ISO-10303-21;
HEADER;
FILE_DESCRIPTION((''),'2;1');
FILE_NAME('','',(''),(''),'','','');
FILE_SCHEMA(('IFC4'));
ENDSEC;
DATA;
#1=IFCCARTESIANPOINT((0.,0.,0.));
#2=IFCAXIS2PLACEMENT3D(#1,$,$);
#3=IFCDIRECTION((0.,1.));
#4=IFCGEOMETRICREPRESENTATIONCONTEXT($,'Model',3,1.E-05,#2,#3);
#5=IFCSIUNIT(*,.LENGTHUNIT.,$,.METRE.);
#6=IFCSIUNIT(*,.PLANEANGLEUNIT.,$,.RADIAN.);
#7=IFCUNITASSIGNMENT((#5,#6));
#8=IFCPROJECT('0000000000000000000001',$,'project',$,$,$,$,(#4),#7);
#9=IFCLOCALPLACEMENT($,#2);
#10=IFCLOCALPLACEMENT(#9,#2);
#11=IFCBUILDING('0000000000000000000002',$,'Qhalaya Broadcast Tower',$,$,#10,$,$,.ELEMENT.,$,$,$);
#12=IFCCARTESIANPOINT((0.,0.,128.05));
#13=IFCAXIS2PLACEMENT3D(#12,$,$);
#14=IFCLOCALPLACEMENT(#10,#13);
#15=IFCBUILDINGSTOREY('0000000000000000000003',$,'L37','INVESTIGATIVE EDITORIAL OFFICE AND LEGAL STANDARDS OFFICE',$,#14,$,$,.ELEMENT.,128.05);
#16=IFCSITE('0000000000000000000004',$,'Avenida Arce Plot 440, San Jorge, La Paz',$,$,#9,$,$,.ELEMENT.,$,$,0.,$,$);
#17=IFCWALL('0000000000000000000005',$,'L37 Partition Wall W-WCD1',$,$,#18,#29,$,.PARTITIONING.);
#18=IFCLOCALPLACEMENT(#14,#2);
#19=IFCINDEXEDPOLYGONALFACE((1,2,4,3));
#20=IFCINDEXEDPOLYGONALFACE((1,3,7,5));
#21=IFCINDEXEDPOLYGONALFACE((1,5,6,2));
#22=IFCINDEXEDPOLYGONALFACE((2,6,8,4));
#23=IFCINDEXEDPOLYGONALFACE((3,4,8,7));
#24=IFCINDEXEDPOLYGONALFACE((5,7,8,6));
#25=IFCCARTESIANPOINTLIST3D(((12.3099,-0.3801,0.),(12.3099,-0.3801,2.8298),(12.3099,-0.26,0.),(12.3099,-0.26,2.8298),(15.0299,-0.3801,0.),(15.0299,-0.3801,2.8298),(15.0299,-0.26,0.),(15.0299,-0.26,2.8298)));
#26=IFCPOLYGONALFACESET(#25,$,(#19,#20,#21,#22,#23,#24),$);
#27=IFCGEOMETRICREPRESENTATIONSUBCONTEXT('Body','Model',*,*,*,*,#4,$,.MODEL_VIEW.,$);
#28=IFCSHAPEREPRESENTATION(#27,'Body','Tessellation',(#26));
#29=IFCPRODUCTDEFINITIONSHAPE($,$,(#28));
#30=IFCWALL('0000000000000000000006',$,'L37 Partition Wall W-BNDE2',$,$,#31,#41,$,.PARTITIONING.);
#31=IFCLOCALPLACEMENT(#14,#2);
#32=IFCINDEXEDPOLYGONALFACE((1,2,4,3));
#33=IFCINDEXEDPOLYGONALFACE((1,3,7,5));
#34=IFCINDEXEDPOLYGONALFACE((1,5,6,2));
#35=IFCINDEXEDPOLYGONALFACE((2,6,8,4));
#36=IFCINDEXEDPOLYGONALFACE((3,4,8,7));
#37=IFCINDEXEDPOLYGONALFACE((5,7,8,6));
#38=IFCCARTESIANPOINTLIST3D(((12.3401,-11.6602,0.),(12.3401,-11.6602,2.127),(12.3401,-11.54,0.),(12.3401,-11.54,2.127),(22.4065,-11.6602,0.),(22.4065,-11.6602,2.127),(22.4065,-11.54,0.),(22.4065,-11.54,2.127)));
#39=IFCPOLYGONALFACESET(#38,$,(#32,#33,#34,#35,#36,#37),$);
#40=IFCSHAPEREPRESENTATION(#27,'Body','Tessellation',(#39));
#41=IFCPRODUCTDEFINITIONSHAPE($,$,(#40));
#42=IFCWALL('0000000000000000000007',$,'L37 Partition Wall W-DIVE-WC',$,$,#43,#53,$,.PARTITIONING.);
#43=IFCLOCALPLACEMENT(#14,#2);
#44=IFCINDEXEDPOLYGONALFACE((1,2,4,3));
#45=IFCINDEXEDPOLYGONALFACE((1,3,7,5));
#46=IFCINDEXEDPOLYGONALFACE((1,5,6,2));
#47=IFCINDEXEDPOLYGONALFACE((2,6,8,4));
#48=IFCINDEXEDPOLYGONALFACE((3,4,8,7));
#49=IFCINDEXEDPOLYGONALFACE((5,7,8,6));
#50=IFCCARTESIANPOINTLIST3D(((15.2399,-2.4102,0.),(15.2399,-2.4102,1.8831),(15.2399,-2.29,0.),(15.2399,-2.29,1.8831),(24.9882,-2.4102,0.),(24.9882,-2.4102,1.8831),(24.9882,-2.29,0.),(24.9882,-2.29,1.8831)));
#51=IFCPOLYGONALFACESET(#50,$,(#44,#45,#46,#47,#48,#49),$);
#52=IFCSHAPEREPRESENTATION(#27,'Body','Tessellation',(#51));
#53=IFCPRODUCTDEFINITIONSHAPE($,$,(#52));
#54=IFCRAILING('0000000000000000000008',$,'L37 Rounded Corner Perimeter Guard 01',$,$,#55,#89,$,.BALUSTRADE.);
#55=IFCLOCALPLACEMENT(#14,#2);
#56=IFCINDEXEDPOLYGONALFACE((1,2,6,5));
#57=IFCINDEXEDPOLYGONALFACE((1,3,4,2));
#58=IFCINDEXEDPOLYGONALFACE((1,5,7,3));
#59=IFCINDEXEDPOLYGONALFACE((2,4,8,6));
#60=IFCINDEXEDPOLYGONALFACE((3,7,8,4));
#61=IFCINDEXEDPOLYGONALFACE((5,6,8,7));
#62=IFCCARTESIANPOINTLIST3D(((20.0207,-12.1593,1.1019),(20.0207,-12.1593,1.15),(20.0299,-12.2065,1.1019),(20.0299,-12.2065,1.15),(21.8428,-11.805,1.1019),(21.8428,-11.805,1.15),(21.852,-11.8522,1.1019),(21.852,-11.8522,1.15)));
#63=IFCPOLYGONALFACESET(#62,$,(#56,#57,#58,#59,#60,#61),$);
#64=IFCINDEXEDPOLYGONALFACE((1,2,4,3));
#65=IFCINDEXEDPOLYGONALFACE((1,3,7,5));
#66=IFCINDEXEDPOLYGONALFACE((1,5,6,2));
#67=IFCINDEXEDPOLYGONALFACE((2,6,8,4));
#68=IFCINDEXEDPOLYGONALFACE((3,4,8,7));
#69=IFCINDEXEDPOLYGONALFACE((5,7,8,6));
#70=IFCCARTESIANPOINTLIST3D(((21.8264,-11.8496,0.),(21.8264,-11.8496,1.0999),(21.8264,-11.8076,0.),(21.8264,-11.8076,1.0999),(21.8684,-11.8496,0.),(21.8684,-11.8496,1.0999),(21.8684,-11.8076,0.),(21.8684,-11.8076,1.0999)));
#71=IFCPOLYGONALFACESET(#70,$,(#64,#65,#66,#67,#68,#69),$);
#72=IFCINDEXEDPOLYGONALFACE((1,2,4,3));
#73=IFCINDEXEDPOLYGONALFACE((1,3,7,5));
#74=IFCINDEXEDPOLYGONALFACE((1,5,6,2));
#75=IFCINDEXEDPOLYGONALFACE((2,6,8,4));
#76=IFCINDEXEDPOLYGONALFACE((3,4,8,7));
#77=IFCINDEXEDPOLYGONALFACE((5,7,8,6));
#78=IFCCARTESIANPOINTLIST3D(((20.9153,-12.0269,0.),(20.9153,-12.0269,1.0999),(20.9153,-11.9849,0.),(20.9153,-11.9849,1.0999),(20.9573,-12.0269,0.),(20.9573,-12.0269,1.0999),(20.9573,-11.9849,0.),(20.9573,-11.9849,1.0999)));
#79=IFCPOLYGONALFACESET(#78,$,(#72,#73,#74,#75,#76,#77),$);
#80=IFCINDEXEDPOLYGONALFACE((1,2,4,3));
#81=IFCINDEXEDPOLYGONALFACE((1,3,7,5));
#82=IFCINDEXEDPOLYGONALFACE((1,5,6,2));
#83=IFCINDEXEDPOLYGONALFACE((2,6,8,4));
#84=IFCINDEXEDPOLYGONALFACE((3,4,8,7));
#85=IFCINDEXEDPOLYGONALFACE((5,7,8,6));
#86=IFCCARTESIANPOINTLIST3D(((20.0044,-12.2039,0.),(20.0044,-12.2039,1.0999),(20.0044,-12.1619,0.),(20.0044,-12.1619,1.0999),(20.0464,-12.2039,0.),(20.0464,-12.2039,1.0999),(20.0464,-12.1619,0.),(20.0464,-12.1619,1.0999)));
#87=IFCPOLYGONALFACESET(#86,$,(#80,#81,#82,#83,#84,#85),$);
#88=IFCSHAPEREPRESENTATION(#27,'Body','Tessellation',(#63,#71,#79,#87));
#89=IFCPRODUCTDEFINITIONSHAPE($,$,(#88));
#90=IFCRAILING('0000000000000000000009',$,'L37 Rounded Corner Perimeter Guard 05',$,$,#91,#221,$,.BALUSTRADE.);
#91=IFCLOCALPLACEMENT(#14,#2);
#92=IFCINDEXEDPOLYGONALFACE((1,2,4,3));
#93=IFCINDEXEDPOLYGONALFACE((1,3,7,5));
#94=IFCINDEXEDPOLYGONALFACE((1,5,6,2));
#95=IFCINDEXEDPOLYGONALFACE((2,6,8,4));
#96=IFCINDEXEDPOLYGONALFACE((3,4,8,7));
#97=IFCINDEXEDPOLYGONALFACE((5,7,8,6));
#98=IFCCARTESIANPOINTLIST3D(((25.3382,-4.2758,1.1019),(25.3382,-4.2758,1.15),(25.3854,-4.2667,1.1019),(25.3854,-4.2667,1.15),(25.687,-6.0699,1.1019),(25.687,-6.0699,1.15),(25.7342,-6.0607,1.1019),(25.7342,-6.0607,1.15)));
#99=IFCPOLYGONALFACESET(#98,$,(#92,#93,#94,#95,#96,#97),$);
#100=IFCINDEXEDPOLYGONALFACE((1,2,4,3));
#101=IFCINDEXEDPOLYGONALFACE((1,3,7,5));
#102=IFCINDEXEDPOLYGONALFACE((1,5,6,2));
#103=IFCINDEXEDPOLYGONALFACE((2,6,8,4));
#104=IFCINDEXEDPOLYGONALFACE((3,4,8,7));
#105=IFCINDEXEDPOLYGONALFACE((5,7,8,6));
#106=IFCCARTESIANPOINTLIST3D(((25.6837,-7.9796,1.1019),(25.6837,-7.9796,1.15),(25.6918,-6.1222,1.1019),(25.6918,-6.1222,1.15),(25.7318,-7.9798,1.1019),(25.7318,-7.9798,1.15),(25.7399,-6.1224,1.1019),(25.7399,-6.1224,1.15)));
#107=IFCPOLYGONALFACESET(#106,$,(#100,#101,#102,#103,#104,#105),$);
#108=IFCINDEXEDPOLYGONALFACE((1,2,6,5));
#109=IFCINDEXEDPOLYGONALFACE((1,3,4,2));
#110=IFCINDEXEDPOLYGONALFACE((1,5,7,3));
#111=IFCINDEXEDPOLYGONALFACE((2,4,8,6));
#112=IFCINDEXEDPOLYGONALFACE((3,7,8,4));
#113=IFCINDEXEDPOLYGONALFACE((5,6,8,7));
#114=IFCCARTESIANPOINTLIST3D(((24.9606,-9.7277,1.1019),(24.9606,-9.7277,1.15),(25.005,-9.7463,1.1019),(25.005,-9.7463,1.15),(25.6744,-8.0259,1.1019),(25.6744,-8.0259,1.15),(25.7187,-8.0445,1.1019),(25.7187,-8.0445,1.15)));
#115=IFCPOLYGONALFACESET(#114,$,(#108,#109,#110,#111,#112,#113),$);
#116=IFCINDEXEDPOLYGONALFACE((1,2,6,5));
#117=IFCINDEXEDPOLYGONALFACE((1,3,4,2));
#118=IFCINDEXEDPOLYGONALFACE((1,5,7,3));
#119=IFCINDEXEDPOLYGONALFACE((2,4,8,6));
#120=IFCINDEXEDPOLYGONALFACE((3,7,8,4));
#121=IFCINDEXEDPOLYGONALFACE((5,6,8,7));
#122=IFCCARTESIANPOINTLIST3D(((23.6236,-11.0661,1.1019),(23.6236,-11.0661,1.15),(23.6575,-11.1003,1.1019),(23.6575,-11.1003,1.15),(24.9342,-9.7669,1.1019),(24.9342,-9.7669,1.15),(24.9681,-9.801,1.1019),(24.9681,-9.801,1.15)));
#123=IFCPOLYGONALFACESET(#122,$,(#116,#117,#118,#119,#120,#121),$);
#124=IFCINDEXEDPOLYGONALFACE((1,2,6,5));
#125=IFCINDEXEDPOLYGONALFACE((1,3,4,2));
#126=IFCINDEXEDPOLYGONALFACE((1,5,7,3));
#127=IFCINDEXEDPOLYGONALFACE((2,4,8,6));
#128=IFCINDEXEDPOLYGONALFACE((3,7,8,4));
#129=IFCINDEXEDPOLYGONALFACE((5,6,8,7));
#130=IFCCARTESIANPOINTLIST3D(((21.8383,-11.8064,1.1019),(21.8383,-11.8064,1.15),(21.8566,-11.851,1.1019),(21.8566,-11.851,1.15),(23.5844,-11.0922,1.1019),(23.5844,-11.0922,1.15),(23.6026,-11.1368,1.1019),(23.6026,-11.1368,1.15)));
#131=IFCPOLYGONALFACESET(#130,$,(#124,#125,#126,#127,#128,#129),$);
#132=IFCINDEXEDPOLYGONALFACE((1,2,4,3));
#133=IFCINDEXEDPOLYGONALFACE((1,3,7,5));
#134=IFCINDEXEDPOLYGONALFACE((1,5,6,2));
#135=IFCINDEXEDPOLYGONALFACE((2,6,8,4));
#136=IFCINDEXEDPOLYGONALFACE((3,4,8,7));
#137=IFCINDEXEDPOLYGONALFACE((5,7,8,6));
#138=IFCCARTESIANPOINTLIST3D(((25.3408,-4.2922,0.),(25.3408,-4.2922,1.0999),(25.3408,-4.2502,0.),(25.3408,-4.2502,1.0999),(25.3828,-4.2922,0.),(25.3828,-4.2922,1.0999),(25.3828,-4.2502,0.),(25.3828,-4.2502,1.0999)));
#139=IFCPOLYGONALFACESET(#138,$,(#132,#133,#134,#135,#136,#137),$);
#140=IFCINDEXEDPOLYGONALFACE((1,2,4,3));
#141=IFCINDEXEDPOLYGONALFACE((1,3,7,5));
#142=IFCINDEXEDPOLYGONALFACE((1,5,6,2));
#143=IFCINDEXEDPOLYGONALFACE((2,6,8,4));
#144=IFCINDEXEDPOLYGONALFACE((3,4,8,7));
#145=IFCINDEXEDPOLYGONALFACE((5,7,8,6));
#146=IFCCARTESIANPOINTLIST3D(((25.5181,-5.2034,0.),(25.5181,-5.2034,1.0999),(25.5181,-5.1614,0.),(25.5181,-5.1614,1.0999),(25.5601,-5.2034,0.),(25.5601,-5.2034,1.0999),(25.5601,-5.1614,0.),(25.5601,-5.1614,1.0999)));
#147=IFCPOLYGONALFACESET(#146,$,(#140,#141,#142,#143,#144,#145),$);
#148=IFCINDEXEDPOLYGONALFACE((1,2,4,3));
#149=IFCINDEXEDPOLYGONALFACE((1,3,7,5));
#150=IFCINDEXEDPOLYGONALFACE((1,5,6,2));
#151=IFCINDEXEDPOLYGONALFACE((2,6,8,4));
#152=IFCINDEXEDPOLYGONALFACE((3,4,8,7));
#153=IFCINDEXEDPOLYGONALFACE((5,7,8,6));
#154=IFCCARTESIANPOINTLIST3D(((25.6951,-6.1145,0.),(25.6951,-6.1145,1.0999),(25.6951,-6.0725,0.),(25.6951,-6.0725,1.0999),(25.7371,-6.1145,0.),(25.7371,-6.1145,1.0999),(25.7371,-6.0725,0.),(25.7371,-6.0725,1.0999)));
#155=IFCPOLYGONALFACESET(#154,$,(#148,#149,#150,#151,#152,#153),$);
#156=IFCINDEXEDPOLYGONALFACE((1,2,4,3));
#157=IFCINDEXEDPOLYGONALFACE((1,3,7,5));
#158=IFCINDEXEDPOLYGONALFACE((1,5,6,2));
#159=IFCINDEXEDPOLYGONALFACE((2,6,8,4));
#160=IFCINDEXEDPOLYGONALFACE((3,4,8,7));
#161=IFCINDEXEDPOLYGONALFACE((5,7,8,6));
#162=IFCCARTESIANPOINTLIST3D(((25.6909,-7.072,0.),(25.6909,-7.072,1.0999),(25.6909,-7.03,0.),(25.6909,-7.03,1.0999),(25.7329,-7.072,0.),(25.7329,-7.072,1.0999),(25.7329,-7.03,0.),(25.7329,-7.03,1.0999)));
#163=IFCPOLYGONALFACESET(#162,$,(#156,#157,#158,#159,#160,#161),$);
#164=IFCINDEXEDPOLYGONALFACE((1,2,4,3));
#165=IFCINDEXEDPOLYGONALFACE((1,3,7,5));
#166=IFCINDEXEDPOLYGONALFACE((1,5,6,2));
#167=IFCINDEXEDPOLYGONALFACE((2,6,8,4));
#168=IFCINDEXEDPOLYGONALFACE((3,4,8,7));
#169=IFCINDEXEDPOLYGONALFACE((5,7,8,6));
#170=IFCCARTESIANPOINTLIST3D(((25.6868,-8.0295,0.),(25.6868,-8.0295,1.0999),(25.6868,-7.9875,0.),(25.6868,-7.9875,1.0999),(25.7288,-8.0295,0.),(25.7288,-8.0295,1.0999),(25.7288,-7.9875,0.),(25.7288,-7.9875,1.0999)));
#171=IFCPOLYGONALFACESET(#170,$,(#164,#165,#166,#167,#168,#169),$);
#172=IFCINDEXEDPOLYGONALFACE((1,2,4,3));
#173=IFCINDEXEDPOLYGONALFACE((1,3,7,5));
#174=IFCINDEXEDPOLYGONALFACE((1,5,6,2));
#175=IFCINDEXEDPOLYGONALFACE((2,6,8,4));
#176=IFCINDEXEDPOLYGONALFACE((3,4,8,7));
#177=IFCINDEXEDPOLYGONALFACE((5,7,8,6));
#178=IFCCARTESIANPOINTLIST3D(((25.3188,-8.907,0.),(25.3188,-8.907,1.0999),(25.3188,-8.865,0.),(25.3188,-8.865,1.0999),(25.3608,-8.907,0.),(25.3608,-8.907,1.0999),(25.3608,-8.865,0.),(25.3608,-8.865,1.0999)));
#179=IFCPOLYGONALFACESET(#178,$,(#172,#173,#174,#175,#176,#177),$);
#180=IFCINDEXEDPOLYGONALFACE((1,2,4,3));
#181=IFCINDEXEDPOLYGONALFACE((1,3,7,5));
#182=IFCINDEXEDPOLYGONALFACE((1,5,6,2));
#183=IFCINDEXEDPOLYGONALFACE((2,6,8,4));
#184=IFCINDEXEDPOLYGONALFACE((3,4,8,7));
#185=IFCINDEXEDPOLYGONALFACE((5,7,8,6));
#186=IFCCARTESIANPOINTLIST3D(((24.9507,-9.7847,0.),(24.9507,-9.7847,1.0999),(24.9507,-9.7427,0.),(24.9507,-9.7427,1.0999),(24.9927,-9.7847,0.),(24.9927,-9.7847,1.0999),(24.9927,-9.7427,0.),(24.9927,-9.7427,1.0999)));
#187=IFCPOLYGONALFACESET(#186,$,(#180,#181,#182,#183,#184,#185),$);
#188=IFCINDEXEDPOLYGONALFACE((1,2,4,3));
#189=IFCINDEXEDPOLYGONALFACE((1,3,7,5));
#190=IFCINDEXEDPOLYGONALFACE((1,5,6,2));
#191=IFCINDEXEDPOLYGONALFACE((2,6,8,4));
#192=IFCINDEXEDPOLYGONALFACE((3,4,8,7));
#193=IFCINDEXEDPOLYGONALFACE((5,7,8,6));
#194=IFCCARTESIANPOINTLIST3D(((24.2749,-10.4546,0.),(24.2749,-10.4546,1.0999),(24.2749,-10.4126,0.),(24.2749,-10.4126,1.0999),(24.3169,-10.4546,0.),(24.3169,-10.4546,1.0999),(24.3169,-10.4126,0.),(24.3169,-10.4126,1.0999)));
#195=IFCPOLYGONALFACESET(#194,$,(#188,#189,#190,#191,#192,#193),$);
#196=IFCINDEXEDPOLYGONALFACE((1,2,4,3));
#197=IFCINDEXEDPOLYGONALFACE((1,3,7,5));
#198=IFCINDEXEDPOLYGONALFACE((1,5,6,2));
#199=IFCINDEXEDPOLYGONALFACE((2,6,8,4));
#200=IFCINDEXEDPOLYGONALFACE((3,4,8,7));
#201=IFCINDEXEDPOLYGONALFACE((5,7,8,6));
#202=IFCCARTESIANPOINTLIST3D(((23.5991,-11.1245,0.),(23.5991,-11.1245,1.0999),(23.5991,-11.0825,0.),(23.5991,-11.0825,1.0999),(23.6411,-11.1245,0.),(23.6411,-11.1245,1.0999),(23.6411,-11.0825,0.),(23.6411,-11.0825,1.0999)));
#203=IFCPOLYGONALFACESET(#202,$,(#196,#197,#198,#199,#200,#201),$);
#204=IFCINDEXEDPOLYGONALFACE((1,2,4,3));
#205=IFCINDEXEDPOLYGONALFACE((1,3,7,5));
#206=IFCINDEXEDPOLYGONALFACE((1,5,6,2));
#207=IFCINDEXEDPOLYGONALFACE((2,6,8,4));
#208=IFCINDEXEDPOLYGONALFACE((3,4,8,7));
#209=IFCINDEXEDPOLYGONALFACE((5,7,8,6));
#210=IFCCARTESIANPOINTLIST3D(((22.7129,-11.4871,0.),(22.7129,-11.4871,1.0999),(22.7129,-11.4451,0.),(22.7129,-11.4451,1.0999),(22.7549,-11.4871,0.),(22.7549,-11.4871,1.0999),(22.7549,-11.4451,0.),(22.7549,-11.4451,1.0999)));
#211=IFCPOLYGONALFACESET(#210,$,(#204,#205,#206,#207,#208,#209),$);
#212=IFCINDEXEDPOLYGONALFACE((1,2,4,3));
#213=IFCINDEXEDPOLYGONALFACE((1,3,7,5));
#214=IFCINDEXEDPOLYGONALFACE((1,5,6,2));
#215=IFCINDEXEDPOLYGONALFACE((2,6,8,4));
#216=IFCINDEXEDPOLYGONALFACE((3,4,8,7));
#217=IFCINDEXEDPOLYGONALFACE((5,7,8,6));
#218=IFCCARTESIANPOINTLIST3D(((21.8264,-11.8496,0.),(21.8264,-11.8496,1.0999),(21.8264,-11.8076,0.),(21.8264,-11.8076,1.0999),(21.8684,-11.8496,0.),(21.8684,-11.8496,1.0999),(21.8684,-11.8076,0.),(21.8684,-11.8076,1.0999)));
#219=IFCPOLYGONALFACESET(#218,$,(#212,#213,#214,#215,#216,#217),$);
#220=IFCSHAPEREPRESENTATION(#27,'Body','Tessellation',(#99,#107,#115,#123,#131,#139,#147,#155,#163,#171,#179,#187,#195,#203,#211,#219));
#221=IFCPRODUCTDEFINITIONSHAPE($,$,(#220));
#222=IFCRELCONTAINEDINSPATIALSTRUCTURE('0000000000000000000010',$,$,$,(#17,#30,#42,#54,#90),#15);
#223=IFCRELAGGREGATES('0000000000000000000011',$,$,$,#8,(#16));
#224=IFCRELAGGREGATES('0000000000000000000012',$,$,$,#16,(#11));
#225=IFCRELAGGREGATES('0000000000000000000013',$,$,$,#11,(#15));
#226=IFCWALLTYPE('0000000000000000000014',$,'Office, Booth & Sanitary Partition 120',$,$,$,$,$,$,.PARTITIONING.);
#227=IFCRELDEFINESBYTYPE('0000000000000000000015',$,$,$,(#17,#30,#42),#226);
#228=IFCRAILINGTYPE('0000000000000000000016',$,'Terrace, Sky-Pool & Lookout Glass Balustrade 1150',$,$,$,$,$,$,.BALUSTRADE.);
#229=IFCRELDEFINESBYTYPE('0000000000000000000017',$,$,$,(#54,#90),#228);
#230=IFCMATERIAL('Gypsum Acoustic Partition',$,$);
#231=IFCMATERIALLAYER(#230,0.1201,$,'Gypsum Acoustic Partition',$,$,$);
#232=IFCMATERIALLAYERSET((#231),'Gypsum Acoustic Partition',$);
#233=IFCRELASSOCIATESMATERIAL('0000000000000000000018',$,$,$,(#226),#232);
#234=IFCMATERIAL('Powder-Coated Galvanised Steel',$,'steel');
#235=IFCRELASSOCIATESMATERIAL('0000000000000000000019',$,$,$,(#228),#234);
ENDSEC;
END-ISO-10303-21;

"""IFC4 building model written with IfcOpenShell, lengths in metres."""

from ifc_helpers import new_model, si_unit, direction, frame, frame_2d, origin, origin_2d, place, context, subcontext, project, spatial, rectangle, extrude, material, layer, layer_set, type_object, element, save


model = new_model("IFC4")

# Units and contexts
model_context = context("Model", 3, precision=1e-05, world=origin(), true_north=direction((0.0, 1.0)))
body_context = subcontext(model_context, "Body", "Model", "MODEL_VIEW")
ifc_project = project(units=[si_unit("LENGTHUNIT", "METRE"), si_unit("PLANEANGLEUNIT", "RADIAN")], contexts=[model_context])

# Site, building, storey
site_placement = place(None, origin())
site = spatial("IfcSite", under=ifc_project, at=site_placement, Name="Avenida Arce Plot 440, San Jorge, La Paz", CompositionType="ELEMENT", RefElevation=0.0)
building_placement = place(site_placement, origin())
building = spatial("IfcBuilding", under=site, at=building_placement, Name="Qhalaya Broadcast Tower", CompositionType="ELEMENT")
storey_placement = place(building_placement, frame((0.0, 0.0, 128.05)))
storey = spatial("IfcBuildingStorey", under=building, at=storey_placement, Name="L37", Description="INVESTIGATIVE EDITORIAL OFFICE AND LEGAL STANDARDS OFFICE", CompositionType="ELEMENT", Elevation=128.05)

# Walls
ifc_material_1 = material(Name="Gypsum Acoustic Partition")
ifc_layer_1 = layer(ifc_material_1, 0.1201, Name="Gypsum Acoustic Partition")
ifc_layer_set_1 = layer_set([ifc_layer_1], Name="Gypsum Acoustic Partition")
wall_type_1 = type_object("IfcWallType", Name="Office, Booth & Sanitary Partition 120", PredefinedType="PARTITIONING", material=ifc_layer_set_1)
wall_1_placement = place(storey_placement, frame((12.3101, -0.3201, 0.0), z_axis=(0.0, 0.0, 1.0), x_axis=(1.0, 0.0, 0.0)))
element("IfcWall", 1, at=wall_1_placement, inside=storey, type_object=wall_type_1, Name="L37 Partition Wall W-WCD1", PredefinedType="PARTITIONING", context=body_context, shape_type="SweptSolid", body=[
    extrude(rectangle(XDim=2.72, YDim=0.1201, at=frame_2d((1.3599, 0.0))), origin(), (0.0, 0.0, 1.0), 2.8298),
])
wall_2_placement = place(storey_placement, frame((12.3401, -11.6001, 0.0), z_axis=(0.0, 0.0, 1.0), x_axis=(1.0, 0.0, 0.0)))
element("IfcWall", 2, at=wall_2_placement, inside=storey, type_object=wall_type_1, Name="L37 Partition Wall W-BNDE2", PredefinedType="PARTITIONING", context=body_context, shape_type="SweptSolid", body=[
    extrude(rectangle(XDim=10.0664, YDim=0.1201, at=frame_2d((5.0332, 0.0))), origin(), (0.0, 0.0, 1.0), 2.127),
])
wall_3_placement = place(storey_placement, frame((15.24, -2.3501, 0.0), z_axis=(0.0, 0.0, 1.0), x_axis=(1.0, 0.0, 0.0)))
element("IfcWall", 3, at=wall_3_placement, inside=storey, type_object=wall_type_1, Name="L37 Partition Wall W-DIVE-WC", PredefinedType="PARTITIONING", context=body_context, shape_type="SweptSolid", body=[
    extrude(rectangle(XDim=9.7483, YDim=0.1201, at=frame_2d((4.874, 0.0))), origin(), (0.0, 0.0, 1.0), 1.8831),
])

# Railings
ifc_material_2 = material(Name="Powder-Coated Galvanised Steel", Category="steel")
railing_type = type_object("IfcRailingType", Name="Terrace, Sky-Pool & Lookout Glass Balustrade 1150", PredefinedType="BALUSTRADE", material=ifc_material_2)
railing_1_placement = place(storey_placement, frame((21.8474, -11.8286, 0.0)))
element("IfcRailing", 4, at=railing_1_placement, inside=storey, type_object=railing_type, Name="L37 Rounded Corner Perimeter Guard 01", PredefinedType="BALUSTRADE", context=body_context, shape_type="SweptSolid", body=[
    extrude(rectangle(XDim=0.0481, YDim=0.0481, at=origin_2d()), frame((0.0, 0.0, 1.126), z_axis=(-0.981619, -0.190852, 0.0), x_axis=(0.190852, -0.981619, 0.0)), (0.0, 0.0, 1.0), 1.8562),
    extrude(rectangle(XDim=0.042, YDim=0.042, at=origin_2d()), origin(), (0.0, 0.0, 1.0), 1.0999),
    extrude(rectangle(XDim=0.042, YDim=0.042, at=origin_2d()), frame((-0.9111, -0.1772, 0.0)), (0.0, 0.0, 1.0), 1.0999),
    extrude(rectangle(XDim=0.042, YDim=0.042, at=origin_2d()), frame((-1.822, -0.3542, 0.0)), (0.0, 0.0, 1.0), 1.0999),
])
railing_2_placement = place(storey_placement, frame((25.3618, -4.2712, 0.0)))
element("IfcRailing", 5, at=railing_2_placement, inside=storey, type_object=railing_type, Name="L37 Rounded Corner Perimeter Guard 05", PredefinedType="BALUSTRADE", context=body_context, shape_type="SweptSolid", body=[
    extrude(rectangle(XDim=0.0481, YDim=0.0481, at=origin_2d()), frame((0.0, 0.0, 1.126), z_axis=(0.190827, -0.981624, 0.0), x_axis=(0.981624, 0.190827, 0.0)), (0.0, 0.0, 1.0), 1.8276),
    extrude(rectangle(XDim=0.0481, YDim=0.0481, at=origin_2d()), frame((0.354, -1.8511, 1.126), z_axis=(-0.004334, -0.999991, 0.0), x_axis=(0.999991, -0.004334, 0.0)), (0.0, 0.0, 1.0), 1.8574),
    extrude(rectangle(XDim=0.0481, YDim=0.0481, at=origin_2d()), frame((0.3347, -3.7639, 1.126), z_axis=(-0.386755, -0.922183, 0.0), x_axis=(0.922183, -0.386755, 0.0)), (0.0, 0.0, 1.0), 1.8455),
    extrude(rectangle(XDim=0.0481, YDim=0.0481, at=origin_2d()), frame((-0.4106, -5.5127, 1.126), z_axis=(-0.710179, -0.704021, 0.0), x_axis=(0.704021, -0.710179, 0.0)), (0.0, 0.0, 1.0), 1.8455),
    extrude(rectangle(XDim=0.0481, YDim=0.0481, at=origin_2d()), frame((-1.7683, -6.8433, 1.126), z_axis=(-0.925565, -0.378588, 0.0), x_axis=(0.378588, -0.925565, 0.0)), (0.0, 0.0, 1.0), 1.8865),
    extrude(rectangle(XDim=0.042, YDim=0.042, at=origin_2d()), origin(), (0.0, 0.0, 1.0), 1.0999),
    extrude(rectangle(XDim=0.042, YDim=0.042, at=origin_2d()), frame((0.1772, -0.9111, 0.0)), (0.0, 0.0, 1.0), 1.0999),
    extrude(rectangle(XDim=0.042, YDim=0.042, at=origin_2d()), frame((0.3542, -1.8223, 0.0)), (0.0, 0.0, 1.0), 1.0999),
    extrude(rectangle(XDim=0.042, YDim=0.042, at=origin_2d()), frame((0.3501, -2.7798, 0.0)), (0.0, 0.0, 1.0), 1.0999),
    extrude(rectangle(XDim=0.042, YDim=0.042, at=origin_2d()), frame((0.3459, -3.7373, 0.0)), (0.0, 0.0, 1.0), 1.0999),
    extrude(rectangle(XDim=0.042, YDim=0.042, at=origin_2d()), frame((-0.022, -4.6147, 0.0)), (0.0, 0.0, 1.0), 1.0999),
    extrude(rectangle(XDim=0.042, YDim=0.042, at=origin_2d()), frame((-0.3901, -5.4924, 0.0)), (0.0, 0.0, 1.0), 1.0999),
    extrude(rectangle(XDim=0.042, YDim=0.042, at=origin_2d()), frame((-1.0659, -6.1624, 0.0)), (0.0, 0.0, 1.0), 1.0999),
    extrude(rectangle(XDim=0.042, YDim=0.042, at=origin_2d()), frame((-1.7417, -6.8323, 0.0)), (0.0, 0.0, 1.0), 1.0999),
    extrude(rectangle(XDim=0.042, YDim=0.042, at=origin_2d()), frame((-2.6279, -7.1948, 0.0)), (0.0, 0.0, 1.0), 1.0999),
    extrude(rectangle(XDim=0.042, YDim=0.042, at=origin_2d()), frame((-3.5144, -7.5574, 0.0)), (0.0, 0.0, 1.0), 1.0999),
])

save(model, "model.ifc")
